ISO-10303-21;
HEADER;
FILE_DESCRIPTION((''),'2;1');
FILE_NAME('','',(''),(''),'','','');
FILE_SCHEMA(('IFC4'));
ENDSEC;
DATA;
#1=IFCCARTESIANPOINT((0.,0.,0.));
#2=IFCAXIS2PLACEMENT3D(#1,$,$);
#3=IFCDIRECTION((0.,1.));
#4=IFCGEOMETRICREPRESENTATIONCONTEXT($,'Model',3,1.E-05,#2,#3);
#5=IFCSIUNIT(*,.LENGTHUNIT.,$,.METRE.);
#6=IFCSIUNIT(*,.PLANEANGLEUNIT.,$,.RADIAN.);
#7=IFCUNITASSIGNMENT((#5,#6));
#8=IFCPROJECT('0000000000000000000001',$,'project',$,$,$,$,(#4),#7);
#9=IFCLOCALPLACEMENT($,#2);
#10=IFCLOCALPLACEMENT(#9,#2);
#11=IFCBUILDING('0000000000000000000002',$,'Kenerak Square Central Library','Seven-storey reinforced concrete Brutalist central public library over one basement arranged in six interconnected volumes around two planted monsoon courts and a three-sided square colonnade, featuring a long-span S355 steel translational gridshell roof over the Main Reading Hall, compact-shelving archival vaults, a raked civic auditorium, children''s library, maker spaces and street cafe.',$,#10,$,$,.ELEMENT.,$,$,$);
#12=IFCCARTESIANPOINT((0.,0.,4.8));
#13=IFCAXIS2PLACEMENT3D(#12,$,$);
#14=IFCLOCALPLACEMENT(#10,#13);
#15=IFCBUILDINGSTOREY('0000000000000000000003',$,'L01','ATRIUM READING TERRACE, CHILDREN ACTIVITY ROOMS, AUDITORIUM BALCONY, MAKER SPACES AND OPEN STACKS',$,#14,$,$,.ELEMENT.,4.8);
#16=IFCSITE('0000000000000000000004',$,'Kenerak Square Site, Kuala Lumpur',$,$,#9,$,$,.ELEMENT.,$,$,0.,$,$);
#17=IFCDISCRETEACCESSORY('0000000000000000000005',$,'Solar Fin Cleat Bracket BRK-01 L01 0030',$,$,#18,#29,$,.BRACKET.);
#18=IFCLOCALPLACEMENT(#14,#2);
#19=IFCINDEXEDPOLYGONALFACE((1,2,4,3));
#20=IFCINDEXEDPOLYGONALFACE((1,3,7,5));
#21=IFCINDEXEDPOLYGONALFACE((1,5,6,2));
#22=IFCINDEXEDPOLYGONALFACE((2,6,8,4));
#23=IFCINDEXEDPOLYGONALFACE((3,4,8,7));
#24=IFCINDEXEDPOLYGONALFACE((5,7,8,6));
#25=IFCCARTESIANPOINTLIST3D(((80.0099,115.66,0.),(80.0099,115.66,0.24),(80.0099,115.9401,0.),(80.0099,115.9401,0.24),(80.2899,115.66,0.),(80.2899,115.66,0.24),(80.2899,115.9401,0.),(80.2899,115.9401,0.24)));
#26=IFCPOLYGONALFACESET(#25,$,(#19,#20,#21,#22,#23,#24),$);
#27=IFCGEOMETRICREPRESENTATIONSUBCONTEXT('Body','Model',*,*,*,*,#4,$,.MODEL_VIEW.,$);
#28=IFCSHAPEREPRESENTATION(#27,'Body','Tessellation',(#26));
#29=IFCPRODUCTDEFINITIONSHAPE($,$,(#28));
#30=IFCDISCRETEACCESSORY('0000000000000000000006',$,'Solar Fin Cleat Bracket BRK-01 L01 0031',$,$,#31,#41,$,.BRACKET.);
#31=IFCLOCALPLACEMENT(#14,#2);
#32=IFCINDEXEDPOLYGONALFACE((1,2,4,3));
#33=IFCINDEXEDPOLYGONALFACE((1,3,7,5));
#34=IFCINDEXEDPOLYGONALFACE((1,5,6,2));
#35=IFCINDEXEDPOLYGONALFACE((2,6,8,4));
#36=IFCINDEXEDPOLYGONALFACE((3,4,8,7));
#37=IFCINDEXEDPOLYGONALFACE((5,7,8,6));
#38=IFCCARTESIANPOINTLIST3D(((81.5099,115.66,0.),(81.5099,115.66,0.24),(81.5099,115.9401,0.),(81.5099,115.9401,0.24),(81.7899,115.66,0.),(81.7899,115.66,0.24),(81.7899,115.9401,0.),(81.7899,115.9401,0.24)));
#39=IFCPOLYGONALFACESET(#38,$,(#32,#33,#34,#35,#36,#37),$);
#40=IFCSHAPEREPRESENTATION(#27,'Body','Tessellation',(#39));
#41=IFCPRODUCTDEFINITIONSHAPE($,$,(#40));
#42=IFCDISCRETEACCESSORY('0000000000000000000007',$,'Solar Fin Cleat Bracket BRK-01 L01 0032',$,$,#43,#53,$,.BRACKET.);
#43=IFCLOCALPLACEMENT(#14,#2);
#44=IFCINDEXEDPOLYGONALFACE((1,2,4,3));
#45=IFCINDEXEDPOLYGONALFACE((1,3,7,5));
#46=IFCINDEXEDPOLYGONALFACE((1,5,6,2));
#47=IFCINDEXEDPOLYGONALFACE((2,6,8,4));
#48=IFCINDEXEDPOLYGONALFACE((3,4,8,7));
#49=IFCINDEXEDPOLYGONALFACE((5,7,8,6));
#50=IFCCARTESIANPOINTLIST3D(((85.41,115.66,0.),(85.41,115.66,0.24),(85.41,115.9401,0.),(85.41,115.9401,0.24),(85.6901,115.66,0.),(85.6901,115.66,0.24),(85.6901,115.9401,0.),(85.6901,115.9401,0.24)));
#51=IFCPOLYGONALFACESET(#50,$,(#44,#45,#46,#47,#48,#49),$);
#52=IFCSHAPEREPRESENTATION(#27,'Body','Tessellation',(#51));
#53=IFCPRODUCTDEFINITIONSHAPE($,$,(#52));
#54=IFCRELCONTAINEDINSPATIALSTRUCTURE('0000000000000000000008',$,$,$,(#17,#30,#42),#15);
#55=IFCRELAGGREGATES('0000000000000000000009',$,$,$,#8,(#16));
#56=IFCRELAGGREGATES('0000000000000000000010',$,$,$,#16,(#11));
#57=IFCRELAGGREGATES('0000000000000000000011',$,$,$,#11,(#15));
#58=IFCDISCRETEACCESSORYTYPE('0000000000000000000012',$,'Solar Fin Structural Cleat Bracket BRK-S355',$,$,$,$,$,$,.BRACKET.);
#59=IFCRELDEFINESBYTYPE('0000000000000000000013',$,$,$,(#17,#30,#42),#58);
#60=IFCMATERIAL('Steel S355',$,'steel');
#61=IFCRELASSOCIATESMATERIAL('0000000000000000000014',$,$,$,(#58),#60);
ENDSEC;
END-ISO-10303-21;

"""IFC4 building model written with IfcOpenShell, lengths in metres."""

from ifc_helpers import new_model, si_unit, direction, frame, origin, origin_2d, place, context, subcontext, project, spatial, rectangle, extrude, material, type_object, element, save


model = new_model("IFC4")

# Units and contexts
model_context = context("Model", 3, precision=1e-05, world=origin(), true_north=direction((0.0, 1.0)))
body_context = subcontext(model_context, "Body", "Model", "MODEL_VIEW")
ifc_project = project(units=[si_unit("LENGTHUNIT", "METRE"), si_unit("PLANEANGLEUNIT", "RADIAN")], contexts=[model_context])

# Site, building, storey
site_placement = place(None, origin())
site = spatial("IfcSite", under=ifc_project, at=site_placement, Name="Kenerak Square Site, Kuala Lumpur", CompositionType="ELEMENT", RefElevation=0.0)
building_placement = place(site_placement, origin())
building = spatial("IfcBuilding", under=site, at=building_placement, Name="Kenerak Square Central Library", Description="Seven-storey reinforced concrete Brutalist central public library over one basement arranged in six interconnected volumes around two planted monsoon courts and a three-sided square colonnade, featuring a long-span S355 steel translational gridshell roof over the Main Reading Hall, compact-shelving archival vaults, a raked civic auditorium, children's library, maker spaces and street cafe.", CompositionType="ELEMENT")
storey_placement = place(building_placement, frame((0.0, 0.0, 4.8)))
storey = spatial("IfcBuildingStorey", under=building, at=storey_placement, Name="L01", Description="ATRIUM READING TERRACE, CHILDREN ACTIVITY ROOMS, AUDITORIUM BALCONY, MAKER SPACES AND OPEN STACKS", CompositionType="ELEMENT", Elevation=4.8)

# Shared definitions
ifc_material_1 = material(Name="Steel S355", Category="steel")

# Discrete accessories
discrete_accessory_type = type_object("IfcDiscreteAccessoryType", Name="Solar Fin Structural Cleat Bracket BRK-S355", PredefinedType="BRACKET", material=ifc_material_1)
for number, where, z_axis, x_axis, name in (
    (1, (80.1499, 115.8, 0.0), (0.0, 0.0, 1.0), (1.0, 0.0, 0.0), "Solar Fin Cleat Bracket BRK-01 L01 0030"),
    (2, (81.6499, 115.8, 0.0), (0.0, 0.0, 1.0), (1.0, 0.0, 0.0), "Solar Fin Cleat Bracket BRK-01 L01 0031"),
    (3, (85.55, 115.8, 0.0), (0.0, 0.0, 1.0), (1.0, 0.0, 0.0), "Solar Fin Cleat Bracket BRK-01 L01 0032"),
):
    element("IfcDiscreteAccessory", number, at=place(storey_placement, frame(where, z_axis=z_axis, x_axis=x_axis)), inside=storey, type_object=discrete_accessory_type, Name=name, PredefinedType="BRACKET", context=body_context, shape_type="SweptSolid", body=[
        extrude(rectangle(XDim=0.28, YDim=0.28, at=origin_2d()), origin(), (0.0, 0.0, 1.0), 0.24),
    ])

save(model, "model.ifc")
